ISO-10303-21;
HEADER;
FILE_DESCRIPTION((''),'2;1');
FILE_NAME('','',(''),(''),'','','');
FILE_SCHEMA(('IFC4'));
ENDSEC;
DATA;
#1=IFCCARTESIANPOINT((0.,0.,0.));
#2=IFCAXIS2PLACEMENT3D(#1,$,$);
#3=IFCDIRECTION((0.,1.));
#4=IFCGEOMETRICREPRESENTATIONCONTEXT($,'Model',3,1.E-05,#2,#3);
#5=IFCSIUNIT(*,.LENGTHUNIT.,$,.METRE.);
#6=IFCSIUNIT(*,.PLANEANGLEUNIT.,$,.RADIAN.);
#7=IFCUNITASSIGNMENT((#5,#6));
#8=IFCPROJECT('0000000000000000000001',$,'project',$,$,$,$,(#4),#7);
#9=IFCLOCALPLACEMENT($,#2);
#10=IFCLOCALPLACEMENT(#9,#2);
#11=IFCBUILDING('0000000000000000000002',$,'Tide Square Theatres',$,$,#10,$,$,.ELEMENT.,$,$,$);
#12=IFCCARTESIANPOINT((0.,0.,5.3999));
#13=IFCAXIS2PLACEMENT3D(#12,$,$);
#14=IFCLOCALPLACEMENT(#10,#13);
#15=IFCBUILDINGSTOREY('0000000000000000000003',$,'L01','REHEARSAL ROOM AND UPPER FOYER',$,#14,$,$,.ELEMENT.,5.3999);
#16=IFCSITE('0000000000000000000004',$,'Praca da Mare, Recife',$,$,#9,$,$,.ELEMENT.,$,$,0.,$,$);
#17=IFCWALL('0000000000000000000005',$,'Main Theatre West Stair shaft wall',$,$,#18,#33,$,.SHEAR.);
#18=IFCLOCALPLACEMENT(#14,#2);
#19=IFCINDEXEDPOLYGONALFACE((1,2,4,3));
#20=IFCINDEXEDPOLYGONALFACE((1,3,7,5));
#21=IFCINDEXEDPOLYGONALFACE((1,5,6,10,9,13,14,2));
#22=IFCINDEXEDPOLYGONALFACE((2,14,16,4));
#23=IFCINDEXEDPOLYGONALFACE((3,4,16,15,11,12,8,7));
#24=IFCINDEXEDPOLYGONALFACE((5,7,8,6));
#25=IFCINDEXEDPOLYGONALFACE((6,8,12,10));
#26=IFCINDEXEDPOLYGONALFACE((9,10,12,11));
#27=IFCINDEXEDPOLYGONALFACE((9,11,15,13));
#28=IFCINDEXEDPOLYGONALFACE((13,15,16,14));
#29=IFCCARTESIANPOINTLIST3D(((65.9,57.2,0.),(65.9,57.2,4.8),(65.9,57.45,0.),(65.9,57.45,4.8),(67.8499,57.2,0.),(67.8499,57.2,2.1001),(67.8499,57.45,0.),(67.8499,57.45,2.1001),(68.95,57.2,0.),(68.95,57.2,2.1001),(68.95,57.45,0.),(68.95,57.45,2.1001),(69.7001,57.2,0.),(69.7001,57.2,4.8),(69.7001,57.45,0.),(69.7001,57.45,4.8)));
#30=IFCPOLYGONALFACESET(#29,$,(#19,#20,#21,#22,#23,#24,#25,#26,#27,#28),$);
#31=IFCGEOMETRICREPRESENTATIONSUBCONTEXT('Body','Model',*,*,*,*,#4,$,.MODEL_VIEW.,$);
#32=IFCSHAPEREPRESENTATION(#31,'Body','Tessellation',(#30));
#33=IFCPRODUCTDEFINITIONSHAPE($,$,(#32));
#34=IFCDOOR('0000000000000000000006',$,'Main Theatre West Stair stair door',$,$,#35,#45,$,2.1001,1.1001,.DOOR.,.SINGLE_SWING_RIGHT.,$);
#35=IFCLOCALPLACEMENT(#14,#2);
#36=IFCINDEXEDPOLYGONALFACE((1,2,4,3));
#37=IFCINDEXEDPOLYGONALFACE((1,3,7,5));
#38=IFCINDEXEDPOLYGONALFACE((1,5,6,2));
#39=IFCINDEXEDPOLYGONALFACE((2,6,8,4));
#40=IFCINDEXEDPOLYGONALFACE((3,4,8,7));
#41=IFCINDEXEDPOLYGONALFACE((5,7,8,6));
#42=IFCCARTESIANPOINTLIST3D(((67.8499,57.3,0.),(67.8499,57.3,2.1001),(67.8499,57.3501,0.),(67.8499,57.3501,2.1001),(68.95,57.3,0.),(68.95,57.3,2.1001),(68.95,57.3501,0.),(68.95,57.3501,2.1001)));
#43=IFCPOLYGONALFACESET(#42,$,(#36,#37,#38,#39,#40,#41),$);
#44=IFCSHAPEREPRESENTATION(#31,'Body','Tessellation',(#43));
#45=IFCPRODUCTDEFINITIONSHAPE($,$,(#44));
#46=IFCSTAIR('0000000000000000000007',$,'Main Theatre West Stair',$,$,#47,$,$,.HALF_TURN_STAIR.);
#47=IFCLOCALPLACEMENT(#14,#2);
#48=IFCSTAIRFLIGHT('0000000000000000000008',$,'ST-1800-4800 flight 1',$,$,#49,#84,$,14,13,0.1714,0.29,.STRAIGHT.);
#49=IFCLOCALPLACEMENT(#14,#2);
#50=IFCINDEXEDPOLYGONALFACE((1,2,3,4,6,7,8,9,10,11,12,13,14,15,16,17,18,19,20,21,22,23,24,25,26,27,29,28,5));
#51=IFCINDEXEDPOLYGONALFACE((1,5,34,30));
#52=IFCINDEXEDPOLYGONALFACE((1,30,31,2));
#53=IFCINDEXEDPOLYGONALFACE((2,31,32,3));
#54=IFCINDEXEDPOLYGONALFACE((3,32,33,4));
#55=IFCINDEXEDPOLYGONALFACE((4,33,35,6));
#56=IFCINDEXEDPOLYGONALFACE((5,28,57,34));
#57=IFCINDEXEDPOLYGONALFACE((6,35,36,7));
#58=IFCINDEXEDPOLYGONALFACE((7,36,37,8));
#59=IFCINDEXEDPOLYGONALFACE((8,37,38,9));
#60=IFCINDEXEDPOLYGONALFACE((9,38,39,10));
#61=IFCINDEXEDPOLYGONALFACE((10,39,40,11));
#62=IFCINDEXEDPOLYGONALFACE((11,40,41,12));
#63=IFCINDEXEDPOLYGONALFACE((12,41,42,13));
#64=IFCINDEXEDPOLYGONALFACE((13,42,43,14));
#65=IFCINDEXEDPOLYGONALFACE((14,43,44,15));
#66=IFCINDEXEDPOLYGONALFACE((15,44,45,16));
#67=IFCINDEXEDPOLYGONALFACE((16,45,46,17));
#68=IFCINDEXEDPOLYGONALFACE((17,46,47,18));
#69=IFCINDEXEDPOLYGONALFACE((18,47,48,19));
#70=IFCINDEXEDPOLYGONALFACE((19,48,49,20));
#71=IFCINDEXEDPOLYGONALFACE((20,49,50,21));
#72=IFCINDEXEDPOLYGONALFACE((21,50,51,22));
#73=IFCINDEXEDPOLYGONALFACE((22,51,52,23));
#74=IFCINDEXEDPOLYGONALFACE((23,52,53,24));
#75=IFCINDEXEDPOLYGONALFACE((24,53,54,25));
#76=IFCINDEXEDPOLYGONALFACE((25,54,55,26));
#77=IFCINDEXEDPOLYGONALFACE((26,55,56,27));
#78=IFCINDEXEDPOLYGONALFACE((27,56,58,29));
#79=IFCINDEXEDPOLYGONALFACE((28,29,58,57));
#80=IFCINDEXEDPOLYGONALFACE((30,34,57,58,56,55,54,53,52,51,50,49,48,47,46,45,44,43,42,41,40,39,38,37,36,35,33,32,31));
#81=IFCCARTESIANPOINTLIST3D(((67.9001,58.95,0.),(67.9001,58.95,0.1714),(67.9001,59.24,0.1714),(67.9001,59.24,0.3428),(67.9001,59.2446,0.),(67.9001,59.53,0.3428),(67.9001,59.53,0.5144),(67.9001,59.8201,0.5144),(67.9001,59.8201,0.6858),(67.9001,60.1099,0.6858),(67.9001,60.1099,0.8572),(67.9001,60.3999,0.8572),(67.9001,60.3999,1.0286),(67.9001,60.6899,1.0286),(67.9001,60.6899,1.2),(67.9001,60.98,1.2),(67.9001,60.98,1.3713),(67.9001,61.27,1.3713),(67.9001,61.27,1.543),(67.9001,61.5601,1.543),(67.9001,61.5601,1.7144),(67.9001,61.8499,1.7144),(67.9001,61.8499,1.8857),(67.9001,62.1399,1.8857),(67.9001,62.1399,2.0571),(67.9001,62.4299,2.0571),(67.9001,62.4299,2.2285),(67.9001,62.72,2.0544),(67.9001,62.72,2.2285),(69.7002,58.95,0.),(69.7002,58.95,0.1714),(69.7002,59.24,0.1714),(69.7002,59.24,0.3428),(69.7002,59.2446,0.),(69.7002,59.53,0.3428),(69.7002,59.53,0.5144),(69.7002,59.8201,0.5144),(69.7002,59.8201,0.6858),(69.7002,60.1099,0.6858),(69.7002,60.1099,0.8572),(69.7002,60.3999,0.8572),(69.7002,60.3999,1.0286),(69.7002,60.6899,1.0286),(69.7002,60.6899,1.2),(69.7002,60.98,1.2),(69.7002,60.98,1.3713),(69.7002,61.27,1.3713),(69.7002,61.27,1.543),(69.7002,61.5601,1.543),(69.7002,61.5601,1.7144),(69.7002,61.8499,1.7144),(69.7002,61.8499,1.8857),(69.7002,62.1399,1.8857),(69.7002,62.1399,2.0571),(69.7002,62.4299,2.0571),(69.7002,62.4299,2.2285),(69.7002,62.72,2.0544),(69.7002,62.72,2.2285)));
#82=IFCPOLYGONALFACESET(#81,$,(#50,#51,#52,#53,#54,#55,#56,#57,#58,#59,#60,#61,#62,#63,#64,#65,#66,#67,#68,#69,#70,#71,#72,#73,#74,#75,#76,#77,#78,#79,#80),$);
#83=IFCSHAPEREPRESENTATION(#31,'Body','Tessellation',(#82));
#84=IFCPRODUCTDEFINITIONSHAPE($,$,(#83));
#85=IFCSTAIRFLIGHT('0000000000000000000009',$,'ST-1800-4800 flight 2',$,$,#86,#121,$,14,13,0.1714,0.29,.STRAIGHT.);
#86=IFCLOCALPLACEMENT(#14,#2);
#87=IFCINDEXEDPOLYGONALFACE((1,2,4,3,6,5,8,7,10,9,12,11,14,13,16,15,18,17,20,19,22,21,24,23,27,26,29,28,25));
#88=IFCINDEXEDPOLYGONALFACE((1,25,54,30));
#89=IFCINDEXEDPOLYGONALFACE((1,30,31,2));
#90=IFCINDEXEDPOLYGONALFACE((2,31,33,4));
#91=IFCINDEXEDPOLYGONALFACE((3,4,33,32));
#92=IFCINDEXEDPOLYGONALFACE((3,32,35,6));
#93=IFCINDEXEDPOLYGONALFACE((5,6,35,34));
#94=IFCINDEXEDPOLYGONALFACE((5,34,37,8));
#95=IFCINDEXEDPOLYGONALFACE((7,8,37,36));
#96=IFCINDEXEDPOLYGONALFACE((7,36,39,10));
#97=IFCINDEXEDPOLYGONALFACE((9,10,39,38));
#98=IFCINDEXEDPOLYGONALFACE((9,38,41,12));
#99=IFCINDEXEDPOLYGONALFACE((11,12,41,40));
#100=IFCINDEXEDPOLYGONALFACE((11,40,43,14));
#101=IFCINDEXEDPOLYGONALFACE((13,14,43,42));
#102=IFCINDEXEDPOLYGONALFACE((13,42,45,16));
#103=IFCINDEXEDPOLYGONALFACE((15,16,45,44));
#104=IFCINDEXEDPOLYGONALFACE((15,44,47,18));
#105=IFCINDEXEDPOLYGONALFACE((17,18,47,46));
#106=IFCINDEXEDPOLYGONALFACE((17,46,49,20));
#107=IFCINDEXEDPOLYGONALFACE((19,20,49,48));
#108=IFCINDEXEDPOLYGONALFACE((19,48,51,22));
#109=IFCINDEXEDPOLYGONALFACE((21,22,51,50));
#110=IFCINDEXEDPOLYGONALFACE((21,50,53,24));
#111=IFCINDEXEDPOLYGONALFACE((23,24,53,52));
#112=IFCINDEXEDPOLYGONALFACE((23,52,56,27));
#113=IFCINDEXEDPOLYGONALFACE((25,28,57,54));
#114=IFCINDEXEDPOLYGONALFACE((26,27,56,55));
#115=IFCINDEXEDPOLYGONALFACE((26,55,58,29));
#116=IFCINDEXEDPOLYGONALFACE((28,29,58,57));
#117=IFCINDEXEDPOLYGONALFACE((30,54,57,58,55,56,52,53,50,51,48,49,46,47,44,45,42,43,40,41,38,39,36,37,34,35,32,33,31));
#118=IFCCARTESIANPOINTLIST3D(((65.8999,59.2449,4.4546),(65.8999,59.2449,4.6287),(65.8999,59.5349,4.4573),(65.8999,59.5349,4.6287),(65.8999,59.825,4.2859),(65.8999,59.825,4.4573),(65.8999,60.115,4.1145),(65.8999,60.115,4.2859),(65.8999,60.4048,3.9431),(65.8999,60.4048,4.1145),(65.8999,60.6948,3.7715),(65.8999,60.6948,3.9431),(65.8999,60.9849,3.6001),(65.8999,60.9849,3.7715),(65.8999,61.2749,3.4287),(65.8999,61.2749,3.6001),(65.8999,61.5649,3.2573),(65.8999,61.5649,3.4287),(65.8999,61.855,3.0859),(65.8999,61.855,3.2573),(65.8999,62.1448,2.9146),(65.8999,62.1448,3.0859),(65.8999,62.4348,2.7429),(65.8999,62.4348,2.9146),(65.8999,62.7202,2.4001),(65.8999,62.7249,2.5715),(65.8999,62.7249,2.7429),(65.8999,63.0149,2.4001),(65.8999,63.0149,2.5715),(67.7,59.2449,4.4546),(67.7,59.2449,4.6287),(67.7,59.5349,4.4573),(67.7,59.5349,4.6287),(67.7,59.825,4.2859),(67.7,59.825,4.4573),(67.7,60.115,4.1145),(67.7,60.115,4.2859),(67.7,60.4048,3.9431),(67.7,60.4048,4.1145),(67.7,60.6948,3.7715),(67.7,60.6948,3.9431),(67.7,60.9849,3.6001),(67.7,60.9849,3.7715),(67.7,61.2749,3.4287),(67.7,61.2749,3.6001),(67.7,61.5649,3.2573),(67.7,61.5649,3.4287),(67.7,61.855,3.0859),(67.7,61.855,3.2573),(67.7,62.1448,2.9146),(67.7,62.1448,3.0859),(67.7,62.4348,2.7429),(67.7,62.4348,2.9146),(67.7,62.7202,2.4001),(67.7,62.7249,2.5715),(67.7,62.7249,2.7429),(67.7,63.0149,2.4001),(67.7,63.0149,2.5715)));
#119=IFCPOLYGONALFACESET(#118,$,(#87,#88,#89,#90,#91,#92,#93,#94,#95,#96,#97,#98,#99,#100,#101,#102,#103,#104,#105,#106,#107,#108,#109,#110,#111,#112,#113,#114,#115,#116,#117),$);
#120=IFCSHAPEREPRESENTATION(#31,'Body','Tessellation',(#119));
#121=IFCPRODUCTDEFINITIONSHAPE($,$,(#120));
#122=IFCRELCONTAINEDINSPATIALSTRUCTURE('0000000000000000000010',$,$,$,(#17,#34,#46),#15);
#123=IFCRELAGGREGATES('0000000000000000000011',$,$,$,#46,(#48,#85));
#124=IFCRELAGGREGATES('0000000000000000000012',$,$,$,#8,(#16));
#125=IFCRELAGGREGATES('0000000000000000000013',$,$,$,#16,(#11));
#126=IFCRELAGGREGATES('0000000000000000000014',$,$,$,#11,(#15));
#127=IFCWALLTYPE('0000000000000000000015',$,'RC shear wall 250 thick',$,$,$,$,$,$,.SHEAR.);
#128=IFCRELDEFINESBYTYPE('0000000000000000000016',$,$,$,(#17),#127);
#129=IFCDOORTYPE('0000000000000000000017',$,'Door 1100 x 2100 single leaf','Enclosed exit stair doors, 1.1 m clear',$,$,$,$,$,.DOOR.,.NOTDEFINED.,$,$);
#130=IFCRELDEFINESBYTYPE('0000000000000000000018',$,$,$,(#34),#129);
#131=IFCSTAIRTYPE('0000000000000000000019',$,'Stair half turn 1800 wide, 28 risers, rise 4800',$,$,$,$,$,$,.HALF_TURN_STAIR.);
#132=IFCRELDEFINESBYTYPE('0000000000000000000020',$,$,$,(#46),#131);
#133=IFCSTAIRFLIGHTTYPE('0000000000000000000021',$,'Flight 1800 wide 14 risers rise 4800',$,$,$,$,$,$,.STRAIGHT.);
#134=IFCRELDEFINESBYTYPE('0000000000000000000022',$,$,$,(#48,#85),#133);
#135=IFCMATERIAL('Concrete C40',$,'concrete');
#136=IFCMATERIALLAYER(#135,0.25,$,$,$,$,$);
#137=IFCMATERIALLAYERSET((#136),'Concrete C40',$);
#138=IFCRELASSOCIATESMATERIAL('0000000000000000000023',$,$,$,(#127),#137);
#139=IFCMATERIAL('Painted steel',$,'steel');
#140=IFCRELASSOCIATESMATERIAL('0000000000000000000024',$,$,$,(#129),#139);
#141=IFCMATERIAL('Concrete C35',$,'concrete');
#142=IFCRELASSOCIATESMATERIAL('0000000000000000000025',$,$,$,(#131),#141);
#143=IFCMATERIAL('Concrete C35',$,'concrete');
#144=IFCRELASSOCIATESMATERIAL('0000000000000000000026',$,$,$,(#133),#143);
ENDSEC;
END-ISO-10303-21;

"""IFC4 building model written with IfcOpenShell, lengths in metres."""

from ifc_helpers import new_model, si_unit, direction, frame, frame_2d, origin, place, context, subcontext, project, spatial, polyline, rectangle, outline, extrude, material, layer, layer_set, type_object, element, fill, aggregate, save


model = new_model("IFC4")

# Units and contexts
model_context = context("Model", 3, precision=1e-05, world=origin(), true_north=direction((0.0, 1.0)))
body_context = subcontext(model_context, "Body", "Model", "MODEL_VIEW")
ifc_project = project(units=[si_unit("LENGTHUNIT", "METRE"), si_unit("PLANEANGLEUNIT", "RADIAN")], contexts=[model_context])

# Site, building, storey
site_placement = place(None, origin())
site = spatial("IfcSite", under=ifc_project, at=site_placement, Name="Praca da Mare, Recife", CompositionType="ELEMENT", RefElevation=0.0)
building_placement = place(site_placement, origin())
building = spatial("IfcBuilding", under=site, at=building_placement, Name="Tide Square Theatres", CompositionType="ELEMENT")
storey_placement = place(building_placement, frame((0.0, 0.0, 5.3999)))
storey = spatial("IfcBuildingStorey", under=building, at=storey_placement, Name="L01", Description="REHEARSAL ROOM AND UPPER FOYER", CompositionType="ELEMENT", Elevation=5.3999)

# Shared definitions
ifc_material_1 = material(Name="Concrete C40", Category="concrete")
ifc_layer_1 = layer(ifc_material_1, 0.25)
ifc_layer_set_1 = layer_set([ifc_layer_1], Name="Concrete C40")
wall_type = type_object("IfcWallType", Name="RC shear wall 250 thick", PredefinedType="SHEAR", material=ifc_layer_set_1)

# Wall, opening, door
wall_1_placement = place(storey_placement, frame((69.7, 57.325, 0.0), z_axis=(0.0, 0.0, 1.0), x_axis=(-1.0, 0.0, 0.0)))
wall_1 = element("IfcWall", 1, at=wall_1_placement, inside=storey, type_object=wall_type, Name="Main Theatre West Stair shaft wall", PredefinedType="SHEAR", context=body_context, shape_type="SweptSolid", body=[
    extrude(rectangle(XDim=3.8, YDim=0.25, at=frame_2d((1.8999, 0.0))), origin(), (0.0, 0.0, 1.0), 4.8),
])
opening_placement = place(wall_1_placement, frame((0.75, 0.0, 0.0)))
opening = element("IfcOpeningElement", 2, at=opening_placement, cuts=wall_1, PredefinedType="OPENING", context=body_context, shape_type="SweptSolid", body=[
    extrude(rectangle(XDim=1.1001, YDim=2.1001, at=frame_2d((0.55, 1.05))), frame((0.0, 0.135, 0.0), z_axis=(0.0, -1.0, 0.0), x_axis=(1.0, 0.0, 0.0)), (0.0, 0.0, 1.0), 0.27),
])
ifc_material_2 = material(Name="Painted steel", Category="steel")
door_type = type_object("IfcDoorType", Name="Door 1100 x 2100 single leaf", Description="Enclosed exit stair doors, 1.1 m clear", OperationType="NOTDEFINED", PredefinedType="DOOR", material=ifc_material_2)
door_placement = place(opening_placement, origin())
door = element("IfcDoor", 3, at=door_placement, inside=storey, type_object=door_type, Name="Main Theatre West Stair stair door", OperationType="SINGLE_SWING_RIGHT", OverallHeight=2.1001, OverallWidth=1.1001, PredefinedType="DOOR", context=body_context, shape_type="SweptSolid", body=[
    extrude(rectangle(XDim=1.1001, YDim=2.1001, at=frame_2d((0.55, 1.05))), frame((0.0, 0.0249, 0.0), z_axis=(0.0, -1.0, 0.0), x_axis=(1.0, 0.0, 0.0)), (0.0, 0.0, 1.0), 0.05),
])
fill(opening, door)

# Stair, stair flights
ifc_material_3 = material(Name="Concrete C35", Category="concrete")
stair_type = type_object("IfcStairType", Name="Stair half turn 1800 wide, 28 risers, rise 4800", PredefinedType="HALF_TURN_STAIR", material=ifc_material_3)
stair_placement = place(storey_placement, origin())
stair = element("IfcStair", 4, at=stair_placement, inside=storey, type_object=stair_type, Name="Main Theatre West Stair", PredefinedType="HALF_TURN_STAIR")
ifc_material_4 = material(Name="Concrete C35", Category="concrete")
stair_flight_type = type_object("IfcStairFlightType", Name="Flight 1800 wide 14 risers rise 4800", PredefinedType="STRAIGHT", material=ifc_material_4)
stair_flight_1_placement = place(storey_placement, frame((68.8, 58.95, 0.0), z_axis=(0.0, 0.0, 1.0), x_axis=(0.0, 1.0, 0.0)))
stair_flight_1 = element("IfcStairFlight", 5, at=stair_flight_1_placement, type_object=stair_flight_type, Name="ST-1800-4800 flight 1", NumberOfRisers=14, NumberOfTreads=13, PredefinedType="STRAIGHT", RiserHeight=0.1714, TreadLength=0.29, context=body_context, shape_type="SweptSolid", body=[
    extrude(outline(polyline([(0.0, 0.0), (0.0, 0.1714), (0.29, 0.1714), (0.29, 0.3428), (0.5801, 0.3428), (0.5801, 0.5144), (0.8701, 0.5144), (0.8701, 0.6858), (1.1599, 0.6858), (1.1599, 0.8572), (1.45, 0.8572), (1.45, 1.0286), (1.74, 1.0286), (1.74, 1.2), (2.03, 1.2), (2.03, 1.3713), (2.3201, 1.3713), (2.3201, 1.543), (2.6101, 1.543), (2.6101, 1.7144), (2.8999, 1.7144), (2.8999, 1.8857), (3.1899, 1.8857), (3.1899, 2.0571), (3.48, 2.0571), (3.48, 2.2285), (3.77, 2.2285), (3.77, 2.3999), (3.77, 2.0544), (0.2947, 0.0), (0.0, 0.0)])), frame((0.0, 0.8999, 0.0), z_axis=(0.0, -1.0, 0.0), x_axis=(1.0, 0.0, 0.0)), (0.0, 0.0, 1.0), 1.8),
])
stair_flight_2_placement = place(storey_placement, frame((66.8, 63.0149, 2.4001), z_axis=(0.0, 0.0, 1.0), x_axis=(0.0, -1.0, 0.0)))
stair_flight_2 = element("IfcStairFlight", 6, at=stair_flight_2_placement, type_object=stair_flight_type, Name="ST-1800-4800 flight 2", NumberOfRisers=14, NumberOfTreads=13, PredefinedType="STRAIGHT", RiserHeight=0.1714, TreadLength=0.29, context=body_context, shape_type="SweptSolid", body=[
    extrude(outline(polyline([(0.0, 0.0), (0.0, 0.1714), (0.29, 0.1714), (0.29, 0.3428), (0.5801, 0.3428), (0.5801, 0.5144), (0.8701, 0.5144), (0.8701, 0.6858), (1.1599, 0.6858), (1.1599, 0.8572), (1.45, 0.8572), (1.45, 1.0286), (1.74, 1.0286), (1.74, 1.2), (2.03, 1.2), (2.03, 1.3713), (2.3201, 1.3713), (2.3201, 1.543), (2.6101, 1.543), (2.6101, 1.7144), (2.8999, 1.7144), (2.8999, 1.8857), (3.1899, 1.8857), (3.1899, 2.0571), (3.48, 2.0571), (3.48, 2.2285), (3.77, 2.2285), (3.77, 2.3999), (3.77, 2.0544), (0.2947, 0.0), (0.0, 0.0)])), frame((0.0, 0.8999, 0.0), z_axis=(0.0, -1.0, 0.0), x_axis=(1.0, 0.0, 0.0)), (0.0, 0.0, 1.0), 1.8),
])
aggregate(stair, [stair_flight_1, stair_flight_2])

save(model, "model.ifc")
